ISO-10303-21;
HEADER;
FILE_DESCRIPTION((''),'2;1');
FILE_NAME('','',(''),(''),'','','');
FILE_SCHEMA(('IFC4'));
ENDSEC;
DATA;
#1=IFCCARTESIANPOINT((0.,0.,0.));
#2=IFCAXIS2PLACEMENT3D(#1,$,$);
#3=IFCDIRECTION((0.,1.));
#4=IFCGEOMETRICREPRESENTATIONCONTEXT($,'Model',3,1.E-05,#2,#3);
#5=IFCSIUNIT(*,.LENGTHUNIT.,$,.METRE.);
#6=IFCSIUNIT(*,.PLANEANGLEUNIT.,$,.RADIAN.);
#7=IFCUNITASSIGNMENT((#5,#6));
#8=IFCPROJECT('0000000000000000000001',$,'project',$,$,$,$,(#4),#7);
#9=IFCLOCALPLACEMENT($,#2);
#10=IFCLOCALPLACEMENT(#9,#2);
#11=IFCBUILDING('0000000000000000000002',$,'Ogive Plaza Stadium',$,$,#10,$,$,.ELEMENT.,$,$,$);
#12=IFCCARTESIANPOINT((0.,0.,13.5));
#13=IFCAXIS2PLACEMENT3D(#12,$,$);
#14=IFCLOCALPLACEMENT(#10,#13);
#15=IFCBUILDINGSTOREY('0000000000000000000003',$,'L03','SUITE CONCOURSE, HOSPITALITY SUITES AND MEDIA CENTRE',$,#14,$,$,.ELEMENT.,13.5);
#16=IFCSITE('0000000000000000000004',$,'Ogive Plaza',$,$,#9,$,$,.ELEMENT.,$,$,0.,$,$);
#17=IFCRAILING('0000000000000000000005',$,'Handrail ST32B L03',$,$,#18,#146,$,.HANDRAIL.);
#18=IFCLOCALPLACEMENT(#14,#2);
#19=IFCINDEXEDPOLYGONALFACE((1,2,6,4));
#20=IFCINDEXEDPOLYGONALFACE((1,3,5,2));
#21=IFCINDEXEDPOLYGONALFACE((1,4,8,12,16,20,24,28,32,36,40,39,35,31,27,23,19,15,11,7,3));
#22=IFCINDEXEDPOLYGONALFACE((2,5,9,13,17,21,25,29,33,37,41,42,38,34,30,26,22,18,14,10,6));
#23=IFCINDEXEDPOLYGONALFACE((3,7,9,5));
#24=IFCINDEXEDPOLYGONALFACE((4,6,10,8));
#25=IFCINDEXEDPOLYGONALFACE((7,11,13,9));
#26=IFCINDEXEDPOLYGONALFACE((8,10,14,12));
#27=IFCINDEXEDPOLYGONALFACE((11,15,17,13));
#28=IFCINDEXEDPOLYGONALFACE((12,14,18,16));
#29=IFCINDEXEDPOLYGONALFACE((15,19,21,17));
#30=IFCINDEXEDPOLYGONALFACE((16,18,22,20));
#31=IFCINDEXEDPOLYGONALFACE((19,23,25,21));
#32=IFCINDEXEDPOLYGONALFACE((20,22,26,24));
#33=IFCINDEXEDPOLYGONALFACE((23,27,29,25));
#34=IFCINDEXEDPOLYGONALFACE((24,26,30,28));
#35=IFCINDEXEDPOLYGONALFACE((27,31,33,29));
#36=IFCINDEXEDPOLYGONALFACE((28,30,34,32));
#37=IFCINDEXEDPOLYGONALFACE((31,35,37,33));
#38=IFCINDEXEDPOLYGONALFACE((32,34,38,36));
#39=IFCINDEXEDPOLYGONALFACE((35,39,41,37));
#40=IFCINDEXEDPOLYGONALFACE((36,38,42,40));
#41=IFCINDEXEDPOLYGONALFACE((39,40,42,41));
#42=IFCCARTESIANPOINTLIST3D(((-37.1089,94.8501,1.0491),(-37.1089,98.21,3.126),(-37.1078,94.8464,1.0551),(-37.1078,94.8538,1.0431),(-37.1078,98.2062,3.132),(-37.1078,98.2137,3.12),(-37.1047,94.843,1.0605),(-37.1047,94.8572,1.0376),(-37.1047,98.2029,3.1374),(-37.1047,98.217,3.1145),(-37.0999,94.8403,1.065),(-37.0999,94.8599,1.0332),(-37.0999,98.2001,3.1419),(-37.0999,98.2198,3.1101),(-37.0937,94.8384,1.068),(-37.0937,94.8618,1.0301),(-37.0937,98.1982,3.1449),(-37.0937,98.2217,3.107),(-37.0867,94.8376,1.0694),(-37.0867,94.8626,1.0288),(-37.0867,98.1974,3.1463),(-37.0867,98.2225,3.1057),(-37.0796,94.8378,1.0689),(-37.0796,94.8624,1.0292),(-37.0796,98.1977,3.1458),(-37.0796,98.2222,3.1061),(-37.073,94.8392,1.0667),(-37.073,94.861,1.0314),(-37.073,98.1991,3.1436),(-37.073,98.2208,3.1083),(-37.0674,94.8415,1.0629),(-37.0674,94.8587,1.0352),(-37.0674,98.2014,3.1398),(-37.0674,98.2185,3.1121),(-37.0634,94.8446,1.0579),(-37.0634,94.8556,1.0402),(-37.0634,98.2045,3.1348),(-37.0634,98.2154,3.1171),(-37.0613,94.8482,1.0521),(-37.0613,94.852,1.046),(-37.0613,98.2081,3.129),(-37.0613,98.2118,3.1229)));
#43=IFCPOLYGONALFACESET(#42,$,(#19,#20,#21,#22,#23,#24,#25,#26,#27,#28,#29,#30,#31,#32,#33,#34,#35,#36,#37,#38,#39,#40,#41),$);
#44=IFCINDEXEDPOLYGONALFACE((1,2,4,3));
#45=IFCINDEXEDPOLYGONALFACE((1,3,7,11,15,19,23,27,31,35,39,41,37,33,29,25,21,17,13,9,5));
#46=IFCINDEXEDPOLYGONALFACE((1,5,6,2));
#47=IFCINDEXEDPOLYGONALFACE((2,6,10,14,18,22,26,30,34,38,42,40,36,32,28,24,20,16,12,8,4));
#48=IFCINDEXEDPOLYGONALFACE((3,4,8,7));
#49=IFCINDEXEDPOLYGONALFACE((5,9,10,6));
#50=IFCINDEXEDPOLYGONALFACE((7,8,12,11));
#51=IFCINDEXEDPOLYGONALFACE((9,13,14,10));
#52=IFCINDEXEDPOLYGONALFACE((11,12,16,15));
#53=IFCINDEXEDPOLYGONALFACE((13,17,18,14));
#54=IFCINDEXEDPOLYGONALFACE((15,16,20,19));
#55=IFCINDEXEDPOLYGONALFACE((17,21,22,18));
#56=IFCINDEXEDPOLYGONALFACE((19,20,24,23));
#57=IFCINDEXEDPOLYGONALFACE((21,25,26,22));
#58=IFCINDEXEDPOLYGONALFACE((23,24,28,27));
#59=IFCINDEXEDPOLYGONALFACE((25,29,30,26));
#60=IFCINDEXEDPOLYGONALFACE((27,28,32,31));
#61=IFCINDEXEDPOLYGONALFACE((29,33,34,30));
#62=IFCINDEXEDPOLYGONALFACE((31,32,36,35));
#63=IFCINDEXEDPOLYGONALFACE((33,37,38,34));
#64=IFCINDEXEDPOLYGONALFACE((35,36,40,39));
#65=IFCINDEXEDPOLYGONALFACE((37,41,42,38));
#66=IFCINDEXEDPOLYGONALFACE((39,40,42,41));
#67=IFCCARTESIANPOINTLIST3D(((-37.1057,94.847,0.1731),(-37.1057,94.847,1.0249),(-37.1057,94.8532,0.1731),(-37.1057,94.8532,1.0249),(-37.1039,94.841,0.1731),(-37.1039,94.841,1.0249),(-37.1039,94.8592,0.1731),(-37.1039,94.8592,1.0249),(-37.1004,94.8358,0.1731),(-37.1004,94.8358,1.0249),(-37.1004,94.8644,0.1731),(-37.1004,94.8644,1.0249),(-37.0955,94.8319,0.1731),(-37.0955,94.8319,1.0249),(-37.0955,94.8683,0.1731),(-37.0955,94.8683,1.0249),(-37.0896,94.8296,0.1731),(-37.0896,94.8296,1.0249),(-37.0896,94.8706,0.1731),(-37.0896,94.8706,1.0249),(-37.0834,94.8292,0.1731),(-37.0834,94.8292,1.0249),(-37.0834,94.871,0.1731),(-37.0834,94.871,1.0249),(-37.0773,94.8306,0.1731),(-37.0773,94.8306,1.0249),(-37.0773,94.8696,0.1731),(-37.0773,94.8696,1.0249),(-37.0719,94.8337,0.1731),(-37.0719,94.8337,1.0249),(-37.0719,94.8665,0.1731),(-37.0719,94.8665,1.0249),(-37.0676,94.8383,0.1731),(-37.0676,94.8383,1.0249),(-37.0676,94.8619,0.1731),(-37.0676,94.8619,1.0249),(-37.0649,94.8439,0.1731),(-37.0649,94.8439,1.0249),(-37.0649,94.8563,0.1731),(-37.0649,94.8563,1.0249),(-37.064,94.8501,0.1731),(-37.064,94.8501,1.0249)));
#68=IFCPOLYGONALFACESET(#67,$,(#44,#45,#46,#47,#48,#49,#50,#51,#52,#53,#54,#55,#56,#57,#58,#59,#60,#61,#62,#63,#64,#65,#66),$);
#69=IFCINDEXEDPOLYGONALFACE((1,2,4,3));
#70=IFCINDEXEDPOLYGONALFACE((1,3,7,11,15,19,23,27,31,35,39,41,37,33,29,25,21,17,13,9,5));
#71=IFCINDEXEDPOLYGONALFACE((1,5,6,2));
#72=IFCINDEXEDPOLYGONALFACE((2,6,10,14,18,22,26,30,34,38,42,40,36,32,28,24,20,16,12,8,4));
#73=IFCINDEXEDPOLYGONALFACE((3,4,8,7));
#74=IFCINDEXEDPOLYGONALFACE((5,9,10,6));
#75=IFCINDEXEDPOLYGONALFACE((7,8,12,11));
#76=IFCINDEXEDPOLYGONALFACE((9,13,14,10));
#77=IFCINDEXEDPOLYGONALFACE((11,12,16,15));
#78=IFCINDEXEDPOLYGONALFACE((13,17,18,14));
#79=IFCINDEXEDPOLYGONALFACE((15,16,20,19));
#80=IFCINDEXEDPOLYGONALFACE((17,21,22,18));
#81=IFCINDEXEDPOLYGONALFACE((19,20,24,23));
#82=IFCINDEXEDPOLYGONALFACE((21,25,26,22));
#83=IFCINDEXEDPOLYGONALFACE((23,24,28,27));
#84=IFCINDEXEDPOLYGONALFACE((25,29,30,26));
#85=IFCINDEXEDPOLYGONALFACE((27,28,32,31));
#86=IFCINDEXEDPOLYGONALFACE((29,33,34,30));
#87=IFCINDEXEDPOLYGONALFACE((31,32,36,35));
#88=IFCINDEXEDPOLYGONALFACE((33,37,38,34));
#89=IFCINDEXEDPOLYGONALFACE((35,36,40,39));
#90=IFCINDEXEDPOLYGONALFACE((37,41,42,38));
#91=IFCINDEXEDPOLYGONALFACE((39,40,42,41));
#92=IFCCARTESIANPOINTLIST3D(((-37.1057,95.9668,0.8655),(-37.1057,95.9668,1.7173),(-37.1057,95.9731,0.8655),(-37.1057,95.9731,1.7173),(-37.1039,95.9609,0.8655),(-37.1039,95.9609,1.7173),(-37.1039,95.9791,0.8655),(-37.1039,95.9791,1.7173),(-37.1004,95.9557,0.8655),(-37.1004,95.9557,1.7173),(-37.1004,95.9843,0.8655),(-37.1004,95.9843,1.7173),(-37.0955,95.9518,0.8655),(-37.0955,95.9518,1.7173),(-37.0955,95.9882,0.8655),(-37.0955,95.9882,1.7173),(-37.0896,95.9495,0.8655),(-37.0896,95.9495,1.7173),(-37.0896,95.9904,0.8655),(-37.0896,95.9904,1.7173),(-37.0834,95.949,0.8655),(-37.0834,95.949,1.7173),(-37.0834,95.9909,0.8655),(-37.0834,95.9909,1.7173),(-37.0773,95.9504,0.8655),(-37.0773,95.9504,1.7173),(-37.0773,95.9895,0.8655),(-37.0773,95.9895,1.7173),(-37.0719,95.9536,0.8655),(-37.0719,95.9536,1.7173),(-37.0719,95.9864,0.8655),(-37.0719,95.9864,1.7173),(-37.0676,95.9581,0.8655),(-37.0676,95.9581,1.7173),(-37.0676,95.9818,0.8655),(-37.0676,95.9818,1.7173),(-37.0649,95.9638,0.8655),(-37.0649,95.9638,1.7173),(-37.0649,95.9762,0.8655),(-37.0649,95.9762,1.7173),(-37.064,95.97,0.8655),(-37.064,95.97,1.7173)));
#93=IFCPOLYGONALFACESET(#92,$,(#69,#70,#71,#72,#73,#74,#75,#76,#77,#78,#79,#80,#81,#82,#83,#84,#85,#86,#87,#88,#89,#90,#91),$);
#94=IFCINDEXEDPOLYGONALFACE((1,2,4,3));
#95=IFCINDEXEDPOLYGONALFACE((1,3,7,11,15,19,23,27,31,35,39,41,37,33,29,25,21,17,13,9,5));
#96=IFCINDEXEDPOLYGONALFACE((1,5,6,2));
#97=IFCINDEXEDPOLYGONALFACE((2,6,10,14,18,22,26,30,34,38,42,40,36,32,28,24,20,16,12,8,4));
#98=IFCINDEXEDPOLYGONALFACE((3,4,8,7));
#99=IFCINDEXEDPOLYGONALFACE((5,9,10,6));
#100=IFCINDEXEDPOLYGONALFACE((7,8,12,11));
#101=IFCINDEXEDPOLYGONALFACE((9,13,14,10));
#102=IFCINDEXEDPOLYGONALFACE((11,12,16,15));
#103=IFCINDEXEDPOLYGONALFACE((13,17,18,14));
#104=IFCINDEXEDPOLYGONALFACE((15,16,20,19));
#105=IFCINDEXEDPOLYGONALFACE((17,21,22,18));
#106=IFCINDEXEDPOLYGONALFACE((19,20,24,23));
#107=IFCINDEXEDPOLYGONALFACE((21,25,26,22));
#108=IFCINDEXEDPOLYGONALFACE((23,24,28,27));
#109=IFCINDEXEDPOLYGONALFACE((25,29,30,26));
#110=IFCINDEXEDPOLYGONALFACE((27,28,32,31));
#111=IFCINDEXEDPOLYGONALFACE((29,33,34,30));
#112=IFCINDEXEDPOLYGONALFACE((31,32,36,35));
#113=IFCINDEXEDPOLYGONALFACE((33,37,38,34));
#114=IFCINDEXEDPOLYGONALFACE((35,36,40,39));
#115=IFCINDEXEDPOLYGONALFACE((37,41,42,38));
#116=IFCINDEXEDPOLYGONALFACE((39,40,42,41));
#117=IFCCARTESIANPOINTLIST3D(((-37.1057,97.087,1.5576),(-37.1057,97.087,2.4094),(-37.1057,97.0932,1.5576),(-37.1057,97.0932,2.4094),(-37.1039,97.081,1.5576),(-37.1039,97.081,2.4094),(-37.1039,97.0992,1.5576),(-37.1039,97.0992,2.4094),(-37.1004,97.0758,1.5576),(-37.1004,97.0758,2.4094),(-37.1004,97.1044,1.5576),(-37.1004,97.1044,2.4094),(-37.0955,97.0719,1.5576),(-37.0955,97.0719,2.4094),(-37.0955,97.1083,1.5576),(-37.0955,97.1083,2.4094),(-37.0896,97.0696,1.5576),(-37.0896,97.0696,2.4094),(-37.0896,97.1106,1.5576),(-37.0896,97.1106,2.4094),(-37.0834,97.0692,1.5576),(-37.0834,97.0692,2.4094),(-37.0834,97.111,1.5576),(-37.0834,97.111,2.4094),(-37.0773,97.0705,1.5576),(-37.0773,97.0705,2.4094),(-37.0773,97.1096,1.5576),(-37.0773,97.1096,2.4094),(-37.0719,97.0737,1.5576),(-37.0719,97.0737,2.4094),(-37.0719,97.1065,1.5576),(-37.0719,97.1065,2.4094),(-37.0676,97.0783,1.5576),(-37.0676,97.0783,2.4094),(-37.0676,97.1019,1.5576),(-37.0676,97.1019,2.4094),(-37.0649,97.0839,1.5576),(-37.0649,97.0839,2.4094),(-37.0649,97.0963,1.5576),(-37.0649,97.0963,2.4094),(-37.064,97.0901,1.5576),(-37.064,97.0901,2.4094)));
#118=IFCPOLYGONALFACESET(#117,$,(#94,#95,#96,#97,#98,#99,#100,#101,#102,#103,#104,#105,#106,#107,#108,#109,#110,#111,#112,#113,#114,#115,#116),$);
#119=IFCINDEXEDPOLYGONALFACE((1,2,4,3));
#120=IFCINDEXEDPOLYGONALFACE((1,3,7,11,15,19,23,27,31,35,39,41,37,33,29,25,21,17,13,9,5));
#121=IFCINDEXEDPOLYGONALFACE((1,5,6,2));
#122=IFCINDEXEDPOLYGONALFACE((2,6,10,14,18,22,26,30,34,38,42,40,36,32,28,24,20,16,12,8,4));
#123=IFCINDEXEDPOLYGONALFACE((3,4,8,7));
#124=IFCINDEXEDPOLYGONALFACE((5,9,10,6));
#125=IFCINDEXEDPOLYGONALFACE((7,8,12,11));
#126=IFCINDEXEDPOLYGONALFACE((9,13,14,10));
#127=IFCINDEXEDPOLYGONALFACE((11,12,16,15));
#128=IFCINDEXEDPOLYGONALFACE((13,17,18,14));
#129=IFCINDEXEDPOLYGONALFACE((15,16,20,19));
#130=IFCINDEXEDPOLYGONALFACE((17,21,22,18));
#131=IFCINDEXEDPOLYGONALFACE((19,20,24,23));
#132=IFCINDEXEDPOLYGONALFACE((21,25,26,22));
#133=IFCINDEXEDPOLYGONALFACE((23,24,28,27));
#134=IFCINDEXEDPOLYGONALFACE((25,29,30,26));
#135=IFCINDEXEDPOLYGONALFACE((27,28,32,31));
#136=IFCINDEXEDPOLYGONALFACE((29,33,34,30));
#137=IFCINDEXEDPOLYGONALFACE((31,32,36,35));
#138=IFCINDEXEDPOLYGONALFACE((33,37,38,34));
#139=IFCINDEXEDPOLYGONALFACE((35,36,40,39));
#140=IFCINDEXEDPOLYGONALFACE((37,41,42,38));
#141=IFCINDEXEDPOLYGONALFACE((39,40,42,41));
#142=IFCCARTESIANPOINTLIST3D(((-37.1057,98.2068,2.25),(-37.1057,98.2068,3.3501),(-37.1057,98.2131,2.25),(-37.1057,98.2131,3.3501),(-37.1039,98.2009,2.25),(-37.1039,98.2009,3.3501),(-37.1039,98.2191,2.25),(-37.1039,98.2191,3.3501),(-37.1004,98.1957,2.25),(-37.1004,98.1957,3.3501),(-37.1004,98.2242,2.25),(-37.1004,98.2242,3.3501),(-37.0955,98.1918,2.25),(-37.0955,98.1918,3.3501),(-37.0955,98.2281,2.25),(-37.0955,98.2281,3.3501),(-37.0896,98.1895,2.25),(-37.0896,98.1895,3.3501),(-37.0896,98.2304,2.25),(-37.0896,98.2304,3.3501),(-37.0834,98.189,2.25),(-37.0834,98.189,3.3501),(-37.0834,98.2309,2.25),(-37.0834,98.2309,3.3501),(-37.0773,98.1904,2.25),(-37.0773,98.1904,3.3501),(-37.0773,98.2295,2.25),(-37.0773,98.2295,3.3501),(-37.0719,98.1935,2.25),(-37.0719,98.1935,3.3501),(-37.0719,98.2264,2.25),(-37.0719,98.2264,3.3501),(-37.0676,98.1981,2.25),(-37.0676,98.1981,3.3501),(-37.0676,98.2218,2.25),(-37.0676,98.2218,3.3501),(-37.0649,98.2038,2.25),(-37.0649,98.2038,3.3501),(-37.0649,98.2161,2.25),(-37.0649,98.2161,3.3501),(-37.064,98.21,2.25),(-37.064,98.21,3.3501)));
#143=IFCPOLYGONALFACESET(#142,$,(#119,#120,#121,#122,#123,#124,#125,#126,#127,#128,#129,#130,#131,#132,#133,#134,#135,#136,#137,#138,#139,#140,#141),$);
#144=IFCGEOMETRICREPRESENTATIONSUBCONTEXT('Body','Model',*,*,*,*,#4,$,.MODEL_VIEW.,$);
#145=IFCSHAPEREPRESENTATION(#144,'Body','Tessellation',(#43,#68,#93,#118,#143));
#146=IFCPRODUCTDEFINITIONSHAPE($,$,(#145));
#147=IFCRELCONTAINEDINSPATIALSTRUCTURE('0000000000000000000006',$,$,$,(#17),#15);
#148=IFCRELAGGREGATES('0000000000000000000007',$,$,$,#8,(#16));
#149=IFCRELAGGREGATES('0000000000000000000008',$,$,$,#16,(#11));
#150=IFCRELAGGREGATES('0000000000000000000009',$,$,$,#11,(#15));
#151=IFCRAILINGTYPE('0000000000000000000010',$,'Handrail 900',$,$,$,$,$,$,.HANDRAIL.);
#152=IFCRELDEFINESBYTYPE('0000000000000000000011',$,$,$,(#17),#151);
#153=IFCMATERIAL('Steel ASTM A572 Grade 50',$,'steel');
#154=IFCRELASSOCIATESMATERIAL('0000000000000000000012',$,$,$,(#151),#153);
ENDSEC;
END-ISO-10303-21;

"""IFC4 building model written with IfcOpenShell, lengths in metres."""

from ifc_helpers import new_model, si_unit, direction, frame, origin, origin_2d, place, context, subcontext, project, spatial, circle, extrude, material, type_object, element, save


model = new_model("IFC4")

# Units and contexts
model_context = context("Model", 3, precision=1e-05, world=origin(), true_north=direction((0.0, 1.0)))
body_context = subcontext(model_context, "Body", "Model", "MODEL_VIEW")
ifc_project = project(units=[si_unit("LENGTHUNIT", "METRE"), si_unit("PLANEANGLEUNIT", "RADIAN")], contexts=[model_context])

# Site, building, storey
site_placement = place(None, origin())
site = spatial("IfcSite", under=ifc_project, at=site_placement, Name="Ogive Plaza", CompositionType="ELEMENT", RefElevation=0.0)
building_placement = place(site_placement, origin())
building = spatial("IfcBuilding", under=site, at=building_placement, Name="Ogive Plaza Stadium", CompositionType="ELEMENT")
storey_placement = place(building_placement, frame((0.0, 0.0, 13.5)))
storey = spatial("IfcBuildingStorey", under=building, at=storey_placement, Name="L03", Description="SUITE CONCOURSE, HOSPITALITY SUITES AND MEDIA CENTRE", CompositionType="ELEMENT", Elevation=13.5)

# Railing
ifc_material_1 = material(Name="Steel ASTM A572 Grade 50", Category="steel")
railing_type_1 = type_object("IfcRailingType", Name="Handrail 900", PredefinedType="HANDRAIL", material=ifc_material_1)
for number, where, name in (
    (1, (-37.085, 94.8501, 0.1731), "Handrail ST32B L03"),
):
    element("IfcRailing", number, at=place(storey_placement, frame(where)), inside=storey, type_object=railing_type_1, Name=name, PredefinedType="HANDRAIL", context=body_context, shape_type="SweptSolid", body=[
        extrude(circle(Radius=0.0239, at=origin_2d()), frame((0.0, 0.0, 0.876), z_axis=(0.0, 0.850606, 0.525803), x_axis=(-1.0, 0.0, 0.0)), (0.0, 0.0, 1.0), 3.95),
        extrude(circle(Radius=0.021, at=origin_2d()), origin(), (0.0, 0.0, 1.0), 0.8518),
        extrude(circle(Radius=0.021, at=origin_2d()), frame((0.0, 1.1199, 0.6924)), (0.0, 0.0, 1.0), 0.8518),
        extrude(circle(Radius=0.021, at=origin_2d()), frame((0.0, 2.24, 1.3845)), (0.0, 0.0, 1.0), 0.8518),
        extrude(circle(Radius=0.021, at=origin_2d()), frame((0.0, 3.3599, 2.0769)), (0.0, 0.0, 1.0), 1.1001),
    ])

save(model, "model.ifc")
